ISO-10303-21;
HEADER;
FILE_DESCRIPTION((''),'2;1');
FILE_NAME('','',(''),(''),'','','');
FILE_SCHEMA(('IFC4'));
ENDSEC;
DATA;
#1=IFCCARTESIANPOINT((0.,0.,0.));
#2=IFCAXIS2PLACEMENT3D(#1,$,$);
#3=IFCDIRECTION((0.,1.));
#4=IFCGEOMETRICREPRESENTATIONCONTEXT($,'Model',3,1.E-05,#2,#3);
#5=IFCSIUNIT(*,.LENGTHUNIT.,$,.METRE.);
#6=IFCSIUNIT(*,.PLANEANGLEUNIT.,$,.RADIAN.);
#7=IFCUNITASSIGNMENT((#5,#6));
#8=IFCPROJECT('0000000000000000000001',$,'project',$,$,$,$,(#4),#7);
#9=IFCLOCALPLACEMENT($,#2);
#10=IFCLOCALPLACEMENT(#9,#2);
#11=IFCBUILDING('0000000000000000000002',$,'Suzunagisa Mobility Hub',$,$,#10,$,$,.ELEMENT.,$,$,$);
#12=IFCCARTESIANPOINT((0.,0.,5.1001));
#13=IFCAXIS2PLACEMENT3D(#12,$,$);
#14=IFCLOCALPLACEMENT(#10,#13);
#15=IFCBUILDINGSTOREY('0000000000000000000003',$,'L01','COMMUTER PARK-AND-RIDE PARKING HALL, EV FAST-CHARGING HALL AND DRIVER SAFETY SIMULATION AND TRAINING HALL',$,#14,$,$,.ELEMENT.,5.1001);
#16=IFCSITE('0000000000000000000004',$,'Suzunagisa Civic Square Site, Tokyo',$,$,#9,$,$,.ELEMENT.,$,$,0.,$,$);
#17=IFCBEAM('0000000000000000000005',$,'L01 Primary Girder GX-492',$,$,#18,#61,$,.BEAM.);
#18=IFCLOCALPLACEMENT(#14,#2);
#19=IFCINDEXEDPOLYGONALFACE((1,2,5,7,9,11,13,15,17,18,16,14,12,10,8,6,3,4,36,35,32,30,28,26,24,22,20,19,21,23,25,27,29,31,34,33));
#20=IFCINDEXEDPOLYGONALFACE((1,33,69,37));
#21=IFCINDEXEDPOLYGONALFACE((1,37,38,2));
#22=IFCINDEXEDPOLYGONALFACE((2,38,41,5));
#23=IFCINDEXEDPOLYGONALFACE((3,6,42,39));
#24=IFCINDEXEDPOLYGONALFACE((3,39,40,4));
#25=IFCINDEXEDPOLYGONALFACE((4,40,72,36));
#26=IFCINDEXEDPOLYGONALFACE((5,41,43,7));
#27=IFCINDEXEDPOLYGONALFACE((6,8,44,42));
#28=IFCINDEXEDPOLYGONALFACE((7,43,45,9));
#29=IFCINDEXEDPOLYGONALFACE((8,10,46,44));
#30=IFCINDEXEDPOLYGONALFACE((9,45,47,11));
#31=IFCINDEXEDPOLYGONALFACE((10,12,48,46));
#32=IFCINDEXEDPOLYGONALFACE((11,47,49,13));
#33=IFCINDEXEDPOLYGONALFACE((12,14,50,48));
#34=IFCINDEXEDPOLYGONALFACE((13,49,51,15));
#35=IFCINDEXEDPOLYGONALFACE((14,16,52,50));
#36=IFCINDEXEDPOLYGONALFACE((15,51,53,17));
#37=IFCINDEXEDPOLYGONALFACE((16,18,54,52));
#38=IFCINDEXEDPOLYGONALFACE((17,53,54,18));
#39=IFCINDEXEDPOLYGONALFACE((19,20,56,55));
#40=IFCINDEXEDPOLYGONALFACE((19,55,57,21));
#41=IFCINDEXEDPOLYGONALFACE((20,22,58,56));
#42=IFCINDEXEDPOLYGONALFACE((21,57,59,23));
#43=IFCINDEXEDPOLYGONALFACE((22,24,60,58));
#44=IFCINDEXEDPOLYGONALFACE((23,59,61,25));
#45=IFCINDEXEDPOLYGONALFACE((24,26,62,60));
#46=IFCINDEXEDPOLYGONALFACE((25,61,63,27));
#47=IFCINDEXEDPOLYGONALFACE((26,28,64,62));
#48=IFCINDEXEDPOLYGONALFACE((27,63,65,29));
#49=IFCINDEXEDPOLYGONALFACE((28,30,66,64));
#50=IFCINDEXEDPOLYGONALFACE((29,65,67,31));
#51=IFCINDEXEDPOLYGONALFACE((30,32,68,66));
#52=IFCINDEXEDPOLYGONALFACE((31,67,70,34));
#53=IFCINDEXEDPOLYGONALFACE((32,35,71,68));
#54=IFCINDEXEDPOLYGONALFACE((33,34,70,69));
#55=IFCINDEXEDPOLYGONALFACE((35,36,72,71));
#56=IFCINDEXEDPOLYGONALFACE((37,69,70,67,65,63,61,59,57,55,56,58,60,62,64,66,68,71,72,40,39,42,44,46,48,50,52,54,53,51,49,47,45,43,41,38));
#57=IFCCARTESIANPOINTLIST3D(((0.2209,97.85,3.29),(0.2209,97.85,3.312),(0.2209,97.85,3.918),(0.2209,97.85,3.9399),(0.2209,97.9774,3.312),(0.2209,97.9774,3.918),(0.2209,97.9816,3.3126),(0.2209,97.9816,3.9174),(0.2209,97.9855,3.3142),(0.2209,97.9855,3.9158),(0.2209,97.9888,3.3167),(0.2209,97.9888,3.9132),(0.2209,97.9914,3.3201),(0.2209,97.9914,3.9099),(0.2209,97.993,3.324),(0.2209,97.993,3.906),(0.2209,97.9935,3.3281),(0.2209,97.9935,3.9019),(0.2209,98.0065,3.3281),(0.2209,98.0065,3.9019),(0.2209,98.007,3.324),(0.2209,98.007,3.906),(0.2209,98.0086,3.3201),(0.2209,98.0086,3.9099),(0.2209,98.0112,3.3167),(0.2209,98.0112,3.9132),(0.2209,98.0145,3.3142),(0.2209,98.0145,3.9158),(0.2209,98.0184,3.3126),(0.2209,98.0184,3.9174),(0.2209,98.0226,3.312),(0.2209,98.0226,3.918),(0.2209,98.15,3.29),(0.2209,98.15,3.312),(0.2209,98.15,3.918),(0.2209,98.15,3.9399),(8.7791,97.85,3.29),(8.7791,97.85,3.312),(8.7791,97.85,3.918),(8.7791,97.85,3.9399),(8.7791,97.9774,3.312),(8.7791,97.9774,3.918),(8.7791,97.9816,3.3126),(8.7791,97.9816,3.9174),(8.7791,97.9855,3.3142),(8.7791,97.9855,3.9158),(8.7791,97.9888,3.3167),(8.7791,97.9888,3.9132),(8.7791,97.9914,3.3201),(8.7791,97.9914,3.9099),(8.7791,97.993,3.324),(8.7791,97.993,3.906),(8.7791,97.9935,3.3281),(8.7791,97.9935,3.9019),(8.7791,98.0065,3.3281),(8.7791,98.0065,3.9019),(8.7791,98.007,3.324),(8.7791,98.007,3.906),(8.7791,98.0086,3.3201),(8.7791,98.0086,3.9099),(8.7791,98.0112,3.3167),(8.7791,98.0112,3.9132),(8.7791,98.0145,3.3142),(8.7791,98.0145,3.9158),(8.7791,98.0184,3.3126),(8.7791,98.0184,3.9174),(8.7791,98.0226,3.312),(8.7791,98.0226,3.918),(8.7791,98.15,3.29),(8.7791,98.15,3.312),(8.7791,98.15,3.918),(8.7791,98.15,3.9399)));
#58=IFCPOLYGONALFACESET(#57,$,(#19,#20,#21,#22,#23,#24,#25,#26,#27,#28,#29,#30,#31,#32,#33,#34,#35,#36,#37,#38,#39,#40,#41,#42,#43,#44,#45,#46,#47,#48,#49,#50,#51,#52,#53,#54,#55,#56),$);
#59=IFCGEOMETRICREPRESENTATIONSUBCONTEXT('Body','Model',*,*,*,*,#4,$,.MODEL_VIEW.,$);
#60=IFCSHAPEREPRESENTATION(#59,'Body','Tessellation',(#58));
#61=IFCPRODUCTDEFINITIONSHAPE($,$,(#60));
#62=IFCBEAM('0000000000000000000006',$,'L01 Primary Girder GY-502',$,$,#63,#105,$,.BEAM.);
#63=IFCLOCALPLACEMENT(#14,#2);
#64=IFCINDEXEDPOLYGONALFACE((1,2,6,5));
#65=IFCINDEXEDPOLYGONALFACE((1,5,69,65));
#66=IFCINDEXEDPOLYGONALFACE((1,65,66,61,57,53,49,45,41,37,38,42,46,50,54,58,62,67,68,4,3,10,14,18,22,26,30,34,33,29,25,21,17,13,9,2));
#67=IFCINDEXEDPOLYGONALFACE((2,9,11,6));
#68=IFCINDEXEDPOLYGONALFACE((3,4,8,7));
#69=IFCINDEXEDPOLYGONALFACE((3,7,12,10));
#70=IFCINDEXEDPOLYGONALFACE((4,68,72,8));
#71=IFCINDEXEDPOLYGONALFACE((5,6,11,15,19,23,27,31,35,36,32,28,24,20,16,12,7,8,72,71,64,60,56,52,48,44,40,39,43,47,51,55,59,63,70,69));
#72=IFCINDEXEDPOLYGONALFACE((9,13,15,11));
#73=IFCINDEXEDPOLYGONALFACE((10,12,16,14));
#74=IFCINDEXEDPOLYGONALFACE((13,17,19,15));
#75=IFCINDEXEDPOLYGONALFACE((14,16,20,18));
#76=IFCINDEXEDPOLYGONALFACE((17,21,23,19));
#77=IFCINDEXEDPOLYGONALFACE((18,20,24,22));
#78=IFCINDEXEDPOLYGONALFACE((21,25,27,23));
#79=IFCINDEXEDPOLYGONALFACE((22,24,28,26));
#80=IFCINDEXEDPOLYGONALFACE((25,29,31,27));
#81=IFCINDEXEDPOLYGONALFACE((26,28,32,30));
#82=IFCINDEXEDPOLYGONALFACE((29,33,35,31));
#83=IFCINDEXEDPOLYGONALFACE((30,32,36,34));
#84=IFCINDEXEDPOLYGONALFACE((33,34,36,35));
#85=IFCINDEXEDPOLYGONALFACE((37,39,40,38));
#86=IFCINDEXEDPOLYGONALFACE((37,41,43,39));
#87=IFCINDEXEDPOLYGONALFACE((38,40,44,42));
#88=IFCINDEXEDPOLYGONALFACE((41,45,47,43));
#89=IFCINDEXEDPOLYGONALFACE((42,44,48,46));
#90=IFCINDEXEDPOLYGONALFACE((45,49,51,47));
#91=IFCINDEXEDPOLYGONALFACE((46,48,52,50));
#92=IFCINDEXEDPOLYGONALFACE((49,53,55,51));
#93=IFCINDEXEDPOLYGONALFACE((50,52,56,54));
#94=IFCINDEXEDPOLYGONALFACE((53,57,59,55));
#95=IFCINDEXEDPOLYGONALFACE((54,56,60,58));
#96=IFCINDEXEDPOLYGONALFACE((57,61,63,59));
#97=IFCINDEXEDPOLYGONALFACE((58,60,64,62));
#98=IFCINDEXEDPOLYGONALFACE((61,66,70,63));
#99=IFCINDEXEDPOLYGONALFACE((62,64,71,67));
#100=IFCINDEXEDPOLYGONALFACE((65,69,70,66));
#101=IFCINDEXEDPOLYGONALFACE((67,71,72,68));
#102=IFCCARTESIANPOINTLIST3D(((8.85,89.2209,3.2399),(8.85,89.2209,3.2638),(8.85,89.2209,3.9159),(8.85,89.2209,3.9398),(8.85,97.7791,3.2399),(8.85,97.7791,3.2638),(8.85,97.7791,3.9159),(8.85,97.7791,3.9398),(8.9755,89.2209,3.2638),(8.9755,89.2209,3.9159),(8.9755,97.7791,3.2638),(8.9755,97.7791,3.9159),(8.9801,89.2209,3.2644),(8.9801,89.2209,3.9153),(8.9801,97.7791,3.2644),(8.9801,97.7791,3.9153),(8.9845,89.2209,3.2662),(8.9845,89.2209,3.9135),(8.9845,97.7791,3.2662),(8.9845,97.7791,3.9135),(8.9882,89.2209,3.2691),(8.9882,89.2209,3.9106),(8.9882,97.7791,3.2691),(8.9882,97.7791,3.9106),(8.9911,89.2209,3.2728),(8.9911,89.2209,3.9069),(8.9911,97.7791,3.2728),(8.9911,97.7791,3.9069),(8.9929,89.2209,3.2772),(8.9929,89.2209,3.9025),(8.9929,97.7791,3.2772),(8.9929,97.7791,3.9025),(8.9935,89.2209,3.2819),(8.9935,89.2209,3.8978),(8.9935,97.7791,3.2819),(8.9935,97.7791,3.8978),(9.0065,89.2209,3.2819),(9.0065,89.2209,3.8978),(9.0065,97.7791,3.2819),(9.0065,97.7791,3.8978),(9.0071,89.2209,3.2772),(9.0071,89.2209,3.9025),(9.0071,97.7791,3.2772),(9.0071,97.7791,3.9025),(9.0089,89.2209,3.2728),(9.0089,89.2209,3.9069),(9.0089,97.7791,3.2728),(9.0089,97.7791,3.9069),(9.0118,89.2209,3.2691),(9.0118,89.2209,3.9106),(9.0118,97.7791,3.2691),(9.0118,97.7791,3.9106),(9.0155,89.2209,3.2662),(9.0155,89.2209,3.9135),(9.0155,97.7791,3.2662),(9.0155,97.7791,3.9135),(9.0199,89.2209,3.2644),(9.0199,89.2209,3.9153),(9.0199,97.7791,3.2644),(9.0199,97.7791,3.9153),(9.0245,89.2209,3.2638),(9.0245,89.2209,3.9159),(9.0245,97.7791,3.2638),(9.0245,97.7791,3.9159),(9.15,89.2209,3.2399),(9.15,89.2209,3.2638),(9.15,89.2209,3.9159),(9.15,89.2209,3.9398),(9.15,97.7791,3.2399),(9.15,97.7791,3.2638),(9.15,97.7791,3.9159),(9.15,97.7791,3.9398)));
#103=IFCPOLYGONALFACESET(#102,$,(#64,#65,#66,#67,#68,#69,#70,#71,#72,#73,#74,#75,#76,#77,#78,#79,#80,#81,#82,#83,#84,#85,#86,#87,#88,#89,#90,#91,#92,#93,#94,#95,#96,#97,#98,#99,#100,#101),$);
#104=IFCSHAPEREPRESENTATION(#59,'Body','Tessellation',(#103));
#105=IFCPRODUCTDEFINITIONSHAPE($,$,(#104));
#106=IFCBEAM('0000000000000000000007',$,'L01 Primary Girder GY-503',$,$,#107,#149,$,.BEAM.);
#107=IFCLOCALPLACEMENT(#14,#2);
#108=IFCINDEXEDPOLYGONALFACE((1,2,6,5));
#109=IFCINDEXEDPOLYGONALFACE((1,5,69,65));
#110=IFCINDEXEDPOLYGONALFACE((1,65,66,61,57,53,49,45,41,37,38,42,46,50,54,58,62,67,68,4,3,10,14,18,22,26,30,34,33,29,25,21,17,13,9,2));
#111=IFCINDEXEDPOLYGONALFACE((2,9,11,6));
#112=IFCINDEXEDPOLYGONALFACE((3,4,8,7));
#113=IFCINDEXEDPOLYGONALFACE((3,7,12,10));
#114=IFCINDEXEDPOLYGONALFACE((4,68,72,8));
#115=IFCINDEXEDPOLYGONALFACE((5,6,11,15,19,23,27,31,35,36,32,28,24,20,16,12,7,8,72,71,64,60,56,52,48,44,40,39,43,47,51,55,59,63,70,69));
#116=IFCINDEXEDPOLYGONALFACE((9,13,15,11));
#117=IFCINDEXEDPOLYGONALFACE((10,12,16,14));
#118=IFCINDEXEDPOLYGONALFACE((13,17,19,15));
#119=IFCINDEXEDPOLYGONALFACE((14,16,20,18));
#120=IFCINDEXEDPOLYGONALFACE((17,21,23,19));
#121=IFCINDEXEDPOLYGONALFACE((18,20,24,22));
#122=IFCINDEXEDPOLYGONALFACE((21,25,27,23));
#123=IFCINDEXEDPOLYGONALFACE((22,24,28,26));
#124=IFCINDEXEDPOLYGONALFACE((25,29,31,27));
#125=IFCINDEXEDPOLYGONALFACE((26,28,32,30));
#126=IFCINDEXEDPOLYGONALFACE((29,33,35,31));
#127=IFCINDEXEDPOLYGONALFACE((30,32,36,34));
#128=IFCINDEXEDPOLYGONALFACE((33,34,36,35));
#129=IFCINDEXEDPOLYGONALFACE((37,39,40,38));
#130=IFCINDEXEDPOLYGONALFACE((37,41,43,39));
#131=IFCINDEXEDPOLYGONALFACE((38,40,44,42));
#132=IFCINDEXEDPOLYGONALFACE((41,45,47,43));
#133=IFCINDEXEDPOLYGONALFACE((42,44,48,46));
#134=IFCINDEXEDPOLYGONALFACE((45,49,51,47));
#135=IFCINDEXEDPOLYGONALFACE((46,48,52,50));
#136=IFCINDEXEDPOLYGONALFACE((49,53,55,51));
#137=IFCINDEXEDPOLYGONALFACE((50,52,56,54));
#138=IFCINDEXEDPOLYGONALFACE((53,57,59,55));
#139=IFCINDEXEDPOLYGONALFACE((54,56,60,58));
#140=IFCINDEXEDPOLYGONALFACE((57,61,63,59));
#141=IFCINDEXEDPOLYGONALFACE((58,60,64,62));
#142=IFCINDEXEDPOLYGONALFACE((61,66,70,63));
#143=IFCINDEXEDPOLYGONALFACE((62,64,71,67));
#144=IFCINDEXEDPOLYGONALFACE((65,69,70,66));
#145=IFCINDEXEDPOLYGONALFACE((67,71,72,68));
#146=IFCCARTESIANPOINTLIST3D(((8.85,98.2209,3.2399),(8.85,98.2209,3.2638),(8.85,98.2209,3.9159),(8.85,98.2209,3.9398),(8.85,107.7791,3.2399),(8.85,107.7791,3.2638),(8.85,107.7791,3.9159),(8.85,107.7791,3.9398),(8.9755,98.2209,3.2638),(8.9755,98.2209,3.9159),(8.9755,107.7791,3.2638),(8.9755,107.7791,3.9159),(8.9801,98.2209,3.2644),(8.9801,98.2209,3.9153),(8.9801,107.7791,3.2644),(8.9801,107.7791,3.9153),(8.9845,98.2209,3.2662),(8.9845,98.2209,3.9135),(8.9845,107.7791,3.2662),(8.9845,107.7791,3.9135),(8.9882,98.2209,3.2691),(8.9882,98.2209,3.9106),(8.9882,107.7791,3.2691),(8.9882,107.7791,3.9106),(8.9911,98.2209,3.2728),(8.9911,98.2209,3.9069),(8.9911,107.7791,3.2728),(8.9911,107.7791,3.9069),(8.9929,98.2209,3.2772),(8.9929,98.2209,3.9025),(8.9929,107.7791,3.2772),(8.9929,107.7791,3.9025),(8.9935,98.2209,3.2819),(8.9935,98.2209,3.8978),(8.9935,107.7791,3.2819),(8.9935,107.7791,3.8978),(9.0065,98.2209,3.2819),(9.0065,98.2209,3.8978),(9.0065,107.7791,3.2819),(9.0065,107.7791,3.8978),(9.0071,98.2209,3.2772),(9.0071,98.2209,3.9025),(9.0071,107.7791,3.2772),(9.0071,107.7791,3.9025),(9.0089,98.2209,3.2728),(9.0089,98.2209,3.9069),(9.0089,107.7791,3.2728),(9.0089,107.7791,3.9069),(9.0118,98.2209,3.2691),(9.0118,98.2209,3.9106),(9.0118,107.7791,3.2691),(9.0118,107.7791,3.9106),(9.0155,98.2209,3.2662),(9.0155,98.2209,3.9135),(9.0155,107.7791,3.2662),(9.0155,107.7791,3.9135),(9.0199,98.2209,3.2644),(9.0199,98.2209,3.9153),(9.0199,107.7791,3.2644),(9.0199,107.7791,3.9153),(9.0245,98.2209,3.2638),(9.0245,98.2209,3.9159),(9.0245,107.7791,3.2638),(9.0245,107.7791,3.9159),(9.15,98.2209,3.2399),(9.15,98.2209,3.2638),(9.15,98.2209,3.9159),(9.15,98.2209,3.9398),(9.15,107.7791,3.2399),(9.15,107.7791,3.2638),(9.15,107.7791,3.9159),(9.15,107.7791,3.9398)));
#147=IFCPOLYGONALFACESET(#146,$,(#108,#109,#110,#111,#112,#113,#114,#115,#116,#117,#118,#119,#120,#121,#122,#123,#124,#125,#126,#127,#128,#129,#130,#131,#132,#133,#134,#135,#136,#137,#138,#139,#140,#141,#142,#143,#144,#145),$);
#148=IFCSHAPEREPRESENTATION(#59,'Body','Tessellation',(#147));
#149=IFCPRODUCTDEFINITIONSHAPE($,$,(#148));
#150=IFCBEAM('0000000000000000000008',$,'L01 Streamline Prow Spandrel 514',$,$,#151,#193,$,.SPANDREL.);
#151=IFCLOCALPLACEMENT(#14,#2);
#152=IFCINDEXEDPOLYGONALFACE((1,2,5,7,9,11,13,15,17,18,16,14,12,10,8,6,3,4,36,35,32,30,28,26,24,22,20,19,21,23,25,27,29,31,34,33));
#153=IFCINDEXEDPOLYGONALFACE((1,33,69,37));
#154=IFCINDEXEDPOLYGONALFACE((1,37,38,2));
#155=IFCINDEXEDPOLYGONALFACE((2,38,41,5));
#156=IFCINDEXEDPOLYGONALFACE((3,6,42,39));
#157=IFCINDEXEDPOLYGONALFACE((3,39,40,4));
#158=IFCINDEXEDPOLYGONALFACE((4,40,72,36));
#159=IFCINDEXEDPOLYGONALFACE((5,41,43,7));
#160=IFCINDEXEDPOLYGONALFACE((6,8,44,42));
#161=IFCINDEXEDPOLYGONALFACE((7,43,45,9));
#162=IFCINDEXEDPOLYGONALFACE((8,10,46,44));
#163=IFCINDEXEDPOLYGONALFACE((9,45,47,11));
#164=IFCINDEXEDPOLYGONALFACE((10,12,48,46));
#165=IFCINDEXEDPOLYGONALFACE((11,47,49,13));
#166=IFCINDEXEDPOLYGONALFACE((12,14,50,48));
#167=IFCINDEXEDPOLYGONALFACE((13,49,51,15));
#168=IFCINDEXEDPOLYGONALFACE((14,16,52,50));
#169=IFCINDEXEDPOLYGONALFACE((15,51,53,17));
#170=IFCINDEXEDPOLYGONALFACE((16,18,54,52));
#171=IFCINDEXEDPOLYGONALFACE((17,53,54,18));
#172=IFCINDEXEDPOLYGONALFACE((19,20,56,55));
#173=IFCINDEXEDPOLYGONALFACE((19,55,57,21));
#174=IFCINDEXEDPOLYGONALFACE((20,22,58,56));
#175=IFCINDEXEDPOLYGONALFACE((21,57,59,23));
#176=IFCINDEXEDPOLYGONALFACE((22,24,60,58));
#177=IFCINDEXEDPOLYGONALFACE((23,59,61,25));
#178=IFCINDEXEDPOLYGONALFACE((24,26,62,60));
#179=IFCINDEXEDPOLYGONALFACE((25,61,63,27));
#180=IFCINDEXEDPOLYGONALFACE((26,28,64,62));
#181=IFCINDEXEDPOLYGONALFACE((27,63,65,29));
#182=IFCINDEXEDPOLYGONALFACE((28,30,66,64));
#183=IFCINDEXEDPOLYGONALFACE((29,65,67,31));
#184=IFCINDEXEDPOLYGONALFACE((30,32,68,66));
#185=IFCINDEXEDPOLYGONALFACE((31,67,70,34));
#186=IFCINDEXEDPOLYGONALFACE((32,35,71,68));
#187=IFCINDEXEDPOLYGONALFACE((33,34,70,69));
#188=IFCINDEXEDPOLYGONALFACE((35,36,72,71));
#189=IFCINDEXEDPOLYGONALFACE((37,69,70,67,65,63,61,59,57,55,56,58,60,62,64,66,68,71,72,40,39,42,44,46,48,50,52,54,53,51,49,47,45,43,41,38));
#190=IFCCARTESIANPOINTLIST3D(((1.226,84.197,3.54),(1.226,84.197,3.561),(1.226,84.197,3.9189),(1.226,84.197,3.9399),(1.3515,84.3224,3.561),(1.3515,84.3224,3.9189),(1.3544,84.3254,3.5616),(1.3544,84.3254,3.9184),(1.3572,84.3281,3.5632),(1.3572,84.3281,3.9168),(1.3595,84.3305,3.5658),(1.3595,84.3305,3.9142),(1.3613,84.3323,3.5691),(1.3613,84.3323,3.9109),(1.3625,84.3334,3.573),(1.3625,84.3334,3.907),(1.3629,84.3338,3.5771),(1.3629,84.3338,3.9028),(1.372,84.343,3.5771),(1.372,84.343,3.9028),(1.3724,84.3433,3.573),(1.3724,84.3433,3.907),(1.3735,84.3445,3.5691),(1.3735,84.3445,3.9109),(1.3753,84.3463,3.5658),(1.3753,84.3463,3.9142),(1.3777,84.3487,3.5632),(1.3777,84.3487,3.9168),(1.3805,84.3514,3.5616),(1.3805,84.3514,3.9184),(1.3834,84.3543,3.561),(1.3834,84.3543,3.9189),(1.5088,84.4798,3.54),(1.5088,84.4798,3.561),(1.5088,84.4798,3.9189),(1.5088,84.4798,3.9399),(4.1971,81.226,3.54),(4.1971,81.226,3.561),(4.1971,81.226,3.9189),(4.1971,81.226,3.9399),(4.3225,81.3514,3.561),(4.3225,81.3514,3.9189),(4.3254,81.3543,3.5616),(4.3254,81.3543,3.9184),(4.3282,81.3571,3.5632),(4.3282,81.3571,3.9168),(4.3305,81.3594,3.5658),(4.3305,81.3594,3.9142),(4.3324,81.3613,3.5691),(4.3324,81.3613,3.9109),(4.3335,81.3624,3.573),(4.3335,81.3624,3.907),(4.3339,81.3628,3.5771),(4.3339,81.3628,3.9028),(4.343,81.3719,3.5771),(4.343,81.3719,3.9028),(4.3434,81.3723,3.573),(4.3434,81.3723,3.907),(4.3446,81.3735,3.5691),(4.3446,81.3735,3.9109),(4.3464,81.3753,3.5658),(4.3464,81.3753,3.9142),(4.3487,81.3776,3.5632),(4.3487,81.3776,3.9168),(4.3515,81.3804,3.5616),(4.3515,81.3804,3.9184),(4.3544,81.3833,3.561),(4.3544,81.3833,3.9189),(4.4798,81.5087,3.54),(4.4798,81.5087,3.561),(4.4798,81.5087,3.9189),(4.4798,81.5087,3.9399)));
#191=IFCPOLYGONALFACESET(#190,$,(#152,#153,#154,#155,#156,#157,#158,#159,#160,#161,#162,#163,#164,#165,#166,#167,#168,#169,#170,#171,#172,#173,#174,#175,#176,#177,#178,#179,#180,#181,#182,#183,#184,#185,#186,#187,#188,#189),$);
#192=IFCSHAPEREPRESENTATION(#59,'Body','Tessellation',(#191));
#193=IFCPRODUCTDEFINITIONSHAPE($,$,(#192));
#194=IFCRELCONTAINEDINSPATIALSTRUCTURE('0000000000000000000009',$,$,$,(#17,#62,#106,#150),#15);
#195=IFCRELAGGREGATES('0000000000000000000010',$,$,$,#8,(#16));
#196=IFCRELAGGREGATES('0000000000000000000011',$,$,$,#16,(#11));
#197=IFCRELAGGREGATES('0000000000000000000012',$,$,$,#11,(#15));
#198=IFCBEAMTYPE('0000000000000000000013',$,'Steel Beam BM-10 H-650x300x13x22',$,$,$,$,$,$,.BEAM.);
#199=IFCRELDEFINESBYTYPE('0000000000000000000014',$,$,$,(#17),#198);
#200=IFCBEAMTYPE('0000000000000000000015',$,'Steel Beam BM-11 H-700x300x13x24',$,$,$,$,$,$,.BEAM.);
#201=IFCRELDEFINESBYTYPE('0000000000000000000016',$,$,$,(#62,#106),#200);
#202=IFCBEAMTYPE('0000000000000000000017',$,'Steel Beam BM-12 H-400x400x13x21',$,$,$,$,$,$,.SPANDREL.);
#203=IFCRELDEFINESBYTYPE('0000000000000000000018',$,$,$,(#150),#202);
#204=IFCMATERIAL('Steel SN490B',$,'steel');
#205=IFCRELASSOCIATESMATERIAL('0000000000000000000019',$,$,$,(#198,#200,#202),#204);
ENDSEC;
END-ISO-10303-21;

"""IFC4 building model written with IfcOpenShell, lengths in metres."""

from ifc_helpers import new_model, si_unit, direction, frame, origin, origin_2d, place, context, subcontext, project, spatial, i_section, extrude, material, material_profile, profile_set, type_object, element, save


model = new_model("IFC4")

# Units and contexts
model_context = context("Model", 3, precision=1e-05, world=origin(), true_north=direction((0.0, 1.0)))
body_context = subcontext(model_context, "Body", "Model", "MODEL_VIEW")
ifc_project = project(units=[si_unit("LENGTHUNIT", "METRE"), si_unit("PLANEANGLEUNIT", "RADIAN")], contexts=[model_context])

# Site, building, storey
site_placement = place(None, origin())
site = spatial("IfcSite", under=ifc_project, at=site_placement, Name="Suzunagisa Civic Square Site, Tokyo", CompositionType="ELEMENT", RefElevation=0.0)
building_placement = place(site_placement, origin())
building = spatial("IfcBuilding", under=site, at=building_placement, Name="Suzunagisa Mobility Hub", CompositionType="ELEMENT")
storey_placement = place(building_placement, frame((0.0, 0.0, 5.1001)))
storey = spatial("IfcBuildingStorey", under=building, at=storey_placement, Name="L01", Description="COMMUTER PARK-AND-RIDE PARKING HALL, EV FAST-CHARGING HALL AND DRIVER SAFETY SIMULATION AND TRAINING HALL", CompositionType="ELEMENT", Elevation=5.1001)

# Shared definitions
ifc_material_1 = material(Name="Steel SN490B", Category="steel")

# Beams
ifc_material_profile_1 = material_profile(ifc_material_1, i_section(OverallWidth=0.3, OverallDepth=0.6499, WebThickness=0.0129, FlangeThickness=0.022, FilletRadius=0.0161, at=origin_2d()), Name="H-650x300x13x22")
ifc_profile_set_1 = profile_set([ifc_material_profile_1], Name="Steel SN490B")
beam_type_1 = type_object("IfcBeamType", Name="Steel Beam BM-10 H-650x300x13x22", PredefinedType="BEAM", material=ifc_profile_set_1)
for number, where, z_axis, x_axis, name in (
    (1, (0.2209, 98.0, 3.615), (1.0, 0.0, 0.0), (0.0, 1.0, 0.0), "L01 Primary Girder GX-492"),
):
    element("IfcBeam", number, at=place(storey_placement, frame(where, z_axis=z_axis, x_axis=x_axis)), inside=storey, type_object=beam_type_1, Name=name, PredefinedType="BEAM", context=body_context, shape_type="SweptSolid", body=[
        extrude(i_section(OverallWidth=0.3, OverallDepth=0.6499, WebThickness=0.0129, FlangeThickness=0.022, FilletRadius=0.0161, at=origin_2d()), origin(), (0.0, 0.0, 1.0), 8.5581),
    ])
ifc_material_profile_2 = material_profile(ifc_material_1, i_section(OverallWidth=0.3, OverallDepth=0.7, WebThickness=0.0129, FlangeThickness=0.0239, FilletRadius=0.0181, at=origin_2d()), Name="H-700x300x13x24")
ifc_profile_set_2 = profile_set([ifc_material_profile_2], Name="Steel SN490B")
beam_type_2 = type_object("IfcBeamType", Name="Steel Beam BM-11 H-700x300x13x24", PredefinedType="BEAM", material=ifc_profile_set_2)
beam_1_placement = place(storey_placement, frame((9.0, 89.2209, 3.5898), z_axis=(0.0, 1.0, 0.0), x_axis=(-1.0, 0.0, 0.0)))
element("IfcBeam", 2, at=beam_1_placement, inside=storey, type_object=beam_type_2, Name="L01 Primary Girder GY-502", PredefinedType="BEAM", context=body_context, shape_type="SweptSolid", body=[
    extrude(i_section(OverallWidth=0.3, OverallDepth=0.7, WebThickness=0.0129, FlangeThickness=0.0239, FilletRadius=0.0181, at=origin_2d()), origin(), (0.0, 0.0, 1.0), 8.5581),
])
beam_2_placement = place(storey_placement, frame((9.0, 98.2209, 3.5898), z_axis=(0.0, 1.0, 0.0), x_axis=(-1.0, 0.0, 0.0)))
element("IfcBeam", 3, at=beam_2_placement, inside=storey, type_object=beam_type_2, Name="L01 Primary Girder GY-503", PredefinedType="BEAM", context=body_context, shape_type="SweptSolid", body=[
    extrude(i_section(OverallWidth=0.3, OverallDepth=0.7, WebThickness=0.0129, FlangeThickness=0.0239, FilletRadius=0.0181, at=origin_2d()), origin(), (0.0, 0.0, 1.0), 9.5581),
])
ifc_material_profile_3 = material_profile(ifc_material_1, i_section(OverallWidth=0.3999, OverallDepth=0.3999, WebThickness=0.0129, FlangeThickness=0.021, FilletRadius=0.0161, at=origin_2d()), Name="H-400x400x13x21")
ifc_profile_set_3 = profile_set([ifc_material_profile_3], Name="Steel SN490B")
beam_type_3 = type_object("IfcBeamType", Name="Steel Beam BM-12 H-400x400x13x21", PredefinedType="SPANDREL", material=ifc_profile_set_3)
beam_3_placement = place(storey_placement, frame((1.3674, 84.3384, 3.74), z_axis=(0.707107, -0.707107, 0.0), x_axis=(0.707107, 0.707107, 0.0)))
element("IfcBeam", 4, at=beam_3_placement, inside=storey, type_object=beam_type_3, Name="L01 Streamline Prow Spandrel 514", PredefinedType="SPANDREL", context=body_context, shape_type="SweptSolid", body=[
    extrude(i_section(OverallWidth=0.3999, OverallDepth=0.3999, WebThickness=0.0129, FlangeThickness=0.021, FilletRadius=0.0161, at=origin_2d()), origin(), (0.0, 0.0, 1.0), 4.2017),
])

save(model, "model.ifc")
